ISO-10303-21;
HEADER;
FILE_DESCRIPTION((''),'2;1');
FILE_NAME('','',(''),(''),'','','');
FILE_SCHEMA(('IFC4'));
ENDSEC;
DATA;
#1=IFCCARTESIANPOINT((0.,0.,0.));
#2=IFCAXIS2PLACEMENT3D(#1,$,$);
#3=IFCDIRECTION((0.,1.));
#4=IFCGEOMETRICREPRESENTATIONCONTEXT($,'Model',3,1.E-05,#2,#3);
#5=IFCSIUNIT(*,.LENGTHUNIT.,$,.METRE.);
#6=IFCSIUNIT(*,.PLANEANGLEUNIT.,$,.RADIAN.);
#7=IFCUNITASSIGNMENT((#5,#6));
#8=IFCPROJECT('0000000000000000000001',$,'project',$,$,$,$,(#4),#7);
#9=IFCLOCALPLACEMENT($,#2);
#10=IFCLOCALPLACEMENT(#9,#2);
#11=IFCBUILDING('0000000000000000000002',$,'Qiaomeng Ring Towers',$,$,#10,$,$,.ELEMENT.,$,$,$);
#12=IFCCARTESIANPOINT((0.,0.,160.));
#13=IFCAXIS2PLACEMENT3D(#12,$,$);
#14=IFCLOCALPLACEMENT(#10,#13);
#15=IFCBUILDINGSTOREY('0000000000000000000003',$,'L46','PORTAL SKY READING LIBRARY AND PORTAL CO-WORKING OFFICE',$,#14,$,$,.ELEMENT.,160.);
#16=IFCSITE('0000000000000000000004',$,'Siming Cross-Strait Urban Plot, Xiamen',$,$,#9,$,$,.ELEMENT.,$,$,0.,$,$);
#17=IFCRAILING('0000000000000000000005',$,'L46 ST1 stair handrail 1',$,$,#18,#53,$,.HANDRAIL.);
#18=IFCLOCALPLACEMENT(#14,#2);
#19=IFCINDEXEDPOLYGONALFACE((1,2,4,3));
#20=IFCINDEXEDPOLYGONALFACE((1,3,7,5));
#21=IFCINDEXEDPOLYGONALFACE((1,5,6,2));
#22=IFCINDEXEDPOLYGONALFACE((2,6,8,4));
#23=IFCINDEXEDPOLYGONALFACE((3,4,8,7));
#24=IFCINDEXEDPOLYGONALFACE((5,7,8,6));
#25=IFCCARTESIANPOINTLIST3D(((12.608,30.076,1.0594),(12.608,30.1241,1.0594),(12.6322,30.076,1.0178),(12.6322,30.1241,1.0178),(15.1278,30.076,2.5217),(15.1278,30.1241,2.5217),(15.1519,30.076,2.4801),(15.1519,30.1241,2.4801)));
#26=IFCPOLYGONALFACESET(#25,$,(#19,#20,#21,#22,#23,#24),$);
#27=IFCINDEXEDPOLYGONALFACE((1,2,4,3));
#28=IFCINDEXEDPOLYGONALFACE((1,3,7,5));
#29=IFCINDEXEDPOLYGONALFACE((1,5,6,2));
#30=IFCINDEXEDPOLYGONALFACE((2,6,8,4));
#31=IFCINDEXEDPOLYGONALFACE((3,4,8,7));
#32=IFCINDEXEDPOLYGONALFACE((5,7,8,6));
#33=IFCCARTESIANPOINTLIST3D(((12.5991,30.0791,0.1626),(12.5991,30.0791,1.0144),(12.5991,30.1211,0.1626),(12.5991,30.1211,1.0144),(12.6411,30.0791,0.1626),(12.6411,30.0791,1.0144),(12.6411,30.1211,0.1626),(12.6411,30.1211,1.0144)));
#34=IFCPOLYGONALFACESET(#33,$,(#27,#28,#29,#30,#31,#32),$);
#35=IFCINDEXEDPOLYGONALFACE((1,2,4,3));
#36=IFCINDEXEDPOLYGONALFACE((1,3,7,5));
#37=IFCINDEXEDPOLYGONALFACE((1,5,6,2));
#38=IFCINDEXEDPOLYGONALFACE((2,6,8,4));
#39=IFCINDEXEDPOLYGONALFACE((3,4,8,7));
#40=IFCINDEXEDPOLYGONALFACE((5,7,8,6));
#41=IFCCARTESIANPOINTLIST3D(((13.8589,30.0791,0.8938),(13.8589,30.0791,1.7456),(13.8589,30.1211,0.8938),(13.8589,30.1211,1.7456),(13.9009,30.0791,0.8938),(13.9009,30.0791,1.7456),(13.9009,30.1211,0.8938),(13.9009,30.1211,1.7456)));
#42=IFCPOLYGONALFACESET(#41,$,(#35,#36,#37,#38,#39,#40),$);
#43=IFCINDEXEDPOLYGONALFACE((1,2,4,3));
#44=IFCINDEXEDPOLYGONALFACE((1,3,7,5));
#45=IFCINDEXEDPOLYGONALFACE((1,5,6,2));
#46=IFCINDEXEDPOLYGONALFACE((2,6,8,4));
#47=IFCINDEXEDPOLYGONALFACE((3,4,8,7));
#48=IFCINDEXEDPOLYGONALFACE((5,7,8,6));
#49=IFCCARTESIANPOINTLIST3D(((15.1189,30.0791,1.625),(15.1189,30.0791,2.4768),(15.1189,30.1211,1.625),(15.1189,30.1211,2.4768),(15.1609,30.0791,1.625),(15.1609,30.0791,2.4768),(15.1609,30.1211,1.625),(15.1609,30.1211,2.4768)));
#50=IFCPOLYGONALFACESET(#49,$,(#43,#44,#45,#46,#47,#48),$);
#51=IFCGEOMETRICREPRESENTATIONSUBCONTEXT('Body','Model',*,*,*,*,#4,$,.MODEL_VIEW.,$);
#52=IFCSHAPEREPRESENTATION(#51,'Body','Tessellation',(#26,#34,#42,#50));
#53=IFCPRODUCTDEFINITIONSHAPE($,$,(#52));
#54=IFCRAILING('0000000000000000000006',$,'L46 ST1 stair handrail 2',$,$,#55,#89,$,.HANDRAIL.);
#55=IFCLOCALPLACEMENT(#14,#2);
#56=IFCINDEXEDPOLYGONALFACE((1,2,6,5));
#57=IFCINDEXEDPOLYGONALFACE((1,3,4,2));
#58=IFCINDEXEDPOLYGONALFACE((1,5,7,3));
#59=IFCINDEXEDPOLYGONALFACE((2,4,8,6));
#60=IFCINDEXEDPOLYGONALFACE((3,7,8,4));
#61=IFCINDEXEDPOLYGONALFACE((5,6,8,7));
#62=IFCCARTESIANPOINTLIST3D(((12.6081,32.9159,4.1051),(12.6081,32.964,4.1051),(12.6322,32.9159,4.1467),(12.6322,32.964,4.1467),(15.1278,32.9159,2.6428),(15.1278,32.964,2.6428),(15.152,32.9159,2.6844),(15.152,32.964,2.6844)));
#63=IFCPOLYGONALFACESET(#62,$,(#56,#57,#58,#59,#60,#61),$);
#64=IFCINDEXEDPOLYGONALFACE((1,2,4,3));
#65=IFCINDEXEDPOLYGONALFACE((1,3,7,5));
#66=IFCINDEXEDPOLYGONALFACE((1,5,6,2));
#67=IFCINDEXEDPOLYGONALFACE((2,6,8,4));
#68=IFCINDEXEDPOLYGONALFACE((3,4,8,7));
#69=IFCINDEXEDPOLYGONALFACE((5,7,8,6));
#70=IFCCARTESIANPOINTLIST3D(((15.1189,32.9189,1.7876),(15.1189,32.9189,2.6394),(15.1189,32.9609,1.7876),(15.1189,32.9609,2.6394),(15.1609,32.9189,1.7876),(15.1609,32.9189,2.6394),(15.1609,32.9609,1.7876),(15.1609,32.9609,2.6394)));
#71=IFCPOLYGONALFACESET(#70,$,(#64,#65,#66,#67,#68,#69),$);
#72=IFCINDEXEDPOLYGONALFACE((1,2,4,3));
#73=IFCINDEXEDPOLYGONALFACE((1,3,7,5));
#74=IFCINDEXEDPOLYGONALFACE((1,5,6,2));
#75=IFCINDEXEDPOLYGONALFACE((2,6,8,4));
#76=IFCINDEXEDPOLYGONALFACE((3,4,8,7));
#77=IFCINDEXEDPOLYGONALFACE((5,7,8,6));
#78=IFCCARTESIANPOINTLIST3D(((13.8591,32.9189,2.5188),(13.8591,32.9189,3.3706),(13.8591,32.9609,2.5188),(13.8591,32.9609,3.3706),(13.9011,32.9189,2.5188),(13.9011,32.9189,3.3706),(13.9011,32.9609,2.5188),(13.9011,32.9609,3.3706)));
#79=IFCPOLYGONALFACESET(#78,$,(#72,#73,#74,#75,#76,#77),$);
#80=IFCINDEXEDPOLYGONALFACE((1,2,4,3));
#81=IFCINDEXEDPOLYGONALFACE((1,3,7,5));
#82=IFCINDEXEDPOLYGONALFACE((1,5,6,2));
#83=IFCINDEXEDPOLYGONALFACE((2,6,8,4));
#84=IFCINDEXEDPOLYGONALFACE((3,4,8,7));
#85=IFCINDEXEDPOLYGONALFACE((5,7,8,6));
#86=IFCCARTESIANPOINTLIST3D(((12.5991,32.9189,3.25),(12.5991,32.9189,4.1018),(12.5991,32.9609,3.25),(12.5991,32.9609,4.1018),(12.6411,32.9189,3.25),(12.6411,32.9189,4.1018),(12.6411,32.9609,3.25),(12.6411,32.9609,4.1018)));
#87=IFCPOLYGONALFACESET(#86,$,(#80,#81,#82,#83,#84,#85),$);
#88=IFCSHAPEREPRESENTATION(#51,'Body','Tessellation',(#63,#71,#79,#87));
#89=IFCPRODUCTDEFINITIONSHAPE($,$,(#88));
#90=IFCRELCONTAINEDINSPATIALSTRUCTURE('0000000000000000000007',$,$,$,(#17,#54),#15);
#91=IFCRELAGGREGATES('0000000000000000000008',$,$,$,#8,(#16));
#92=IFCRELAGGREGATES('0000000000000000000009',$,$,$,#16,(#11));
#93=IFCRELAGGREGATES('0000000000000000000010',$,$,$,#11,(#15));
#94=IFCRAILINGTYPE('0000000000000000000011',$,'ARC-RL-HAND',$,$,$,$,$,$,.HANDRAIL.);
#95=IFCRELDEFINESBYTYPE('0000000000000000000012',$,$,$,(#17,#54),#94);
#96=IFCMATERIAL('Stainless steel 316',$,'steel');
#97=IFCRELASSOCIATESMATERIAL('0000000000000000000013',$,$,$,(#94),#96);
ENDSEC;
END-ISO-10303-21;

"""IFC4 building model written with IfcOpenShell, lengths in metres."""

from ifc_helpers import new_model, si_unit, direction, frame, origin, origin_2d, place, context, subcontext, project, spatial, rectangle, extrude, material, type_object, element, save


model = new_model("IFC4")

# Units and contexts
model_context = context("Model", 3, precision=1e-05, world=origin(), true_north=direction((0.0, 1.0)))
body_context = subcontext(model_context, "Body", "Model", "MODEL_VIEW")
ifc_project = project(units=[si_unit("LENGTHUNIT", "METRE"), si_unit("PLANEANGLEUNIT", "RADIAN")], contexts=[model_context])

# Site, building, storey
site_placement = place(None, origin())
site = spatial("IfcSite", under=ifc_project, at=site_placement, Name="Siming Cross-Strait Urban Plot, Xiamen", CompositionType="ELEMENT", RefElevation=0.0)
building_placement = place(site_placement, origin())
building = spatial("IfcBuilding", under=site, at=building_placement, Name="Qiaomeng Ring Towers", CompositionType="ELEMENT")
storey_placement = place(building_placement, frame((0.0, 0.0, 160.0)))
storey = spatial("IfcBuildingStorey", under=building, at=storey_placement, Name="L46", Description="PORTAL SKY READING LIBRARY AND PORTAL CO-WORKING OFFICE", CompositionType="ELEMENT", Elevation=160.0)

# Railings
ifc_material_1 = material(Name="Stainless steel 316", Category="steel")
railing_type_1 = type_object("IfcRailingType", Name="ARC-RL-HAND", PredefinedType="HANDRAIL", material=ifc_material_1)
railing_1_placement = place(storey_placement, frame((12.6201, 30.1001, 0.1626)))
element("IfcRailing", 1, at=railing_1_placement, inside=storey, type_object=railing_type_1, Name="L46 ST1 stair handrail 1", PredefinedType="HANDRAIL", context=body_context, shape_type="SweptSolid", body=[
    extrude(rectangle(XDim=0.0481, YDim=0.0481, at=origin_2d()), frame((0.0, 0.0, 0.876), z_axis=(0.864892, 0.0, 0.501958), x_axis=(0.0, 1.0, 0.0)), (0.0, 0.0, 1.0), 2.9133),
    extrude(rectangle(XDim=0.042, YDim=0.042, at=origin_2d()), origin(), (0.0, 0.0, 1.0), 0.8518),
    extrude(rectangle(XDim=0.042, YDim=0.042, at=origin_2d()), frame((1.2598, 0.0, 0.7312)), (0.0, 0.0, 1.0), 0.8518),
    extrude(rectangle(XDim=0.042, YDim=0.042, at=origin_2d()), frame((2.5198, 0.0, 1.4624)), (0.0, 0.0, 1.0), 0.8518),
])
railing_2_placement = place(storey_placement, frame((15.1399, 32.9399, 1.7876)))
element("IfcRailing", 2, at=railing_2_placement, inside=storey, type_object=railing_type_1, Name="L46 ST1 stair handrail 2", PredefinedType="HANDRAIL", context=body_context, shape_type="SweptSolid", body=[
    extrude(rectangle(XDim=0.0481, YDim=0.0481, at=origin_2d()), frame((0.0, 0.0, 0.876), z_axis=(-0.864892, 0.0, 0.501958), x_axis=(0.0, -1.0, 0.0)), (0.0, 0.0, 1.0), 2.9133),
    extrude(rectangle(XDim=0.042, YDim=0.042, at=origin_2d()), origin(), (0.0, 0.0, 1.0), 0.8518),
    extrude(rectangle(XDim=0.042, YDim=0.042, at=origin_2d()), frame((-1.2598, 0.0, 0.7312)), (0.0, 0.0, 1.0), 0.8518),
    extrude(rectangle(XDim=0.042, YDim=0.042, at=origin_2d()), frame((-2.5198, 0.0, 1.4624)), (0.0, 0.0, 1.0), 0.8518),
])

save(model, "model.ifc")
